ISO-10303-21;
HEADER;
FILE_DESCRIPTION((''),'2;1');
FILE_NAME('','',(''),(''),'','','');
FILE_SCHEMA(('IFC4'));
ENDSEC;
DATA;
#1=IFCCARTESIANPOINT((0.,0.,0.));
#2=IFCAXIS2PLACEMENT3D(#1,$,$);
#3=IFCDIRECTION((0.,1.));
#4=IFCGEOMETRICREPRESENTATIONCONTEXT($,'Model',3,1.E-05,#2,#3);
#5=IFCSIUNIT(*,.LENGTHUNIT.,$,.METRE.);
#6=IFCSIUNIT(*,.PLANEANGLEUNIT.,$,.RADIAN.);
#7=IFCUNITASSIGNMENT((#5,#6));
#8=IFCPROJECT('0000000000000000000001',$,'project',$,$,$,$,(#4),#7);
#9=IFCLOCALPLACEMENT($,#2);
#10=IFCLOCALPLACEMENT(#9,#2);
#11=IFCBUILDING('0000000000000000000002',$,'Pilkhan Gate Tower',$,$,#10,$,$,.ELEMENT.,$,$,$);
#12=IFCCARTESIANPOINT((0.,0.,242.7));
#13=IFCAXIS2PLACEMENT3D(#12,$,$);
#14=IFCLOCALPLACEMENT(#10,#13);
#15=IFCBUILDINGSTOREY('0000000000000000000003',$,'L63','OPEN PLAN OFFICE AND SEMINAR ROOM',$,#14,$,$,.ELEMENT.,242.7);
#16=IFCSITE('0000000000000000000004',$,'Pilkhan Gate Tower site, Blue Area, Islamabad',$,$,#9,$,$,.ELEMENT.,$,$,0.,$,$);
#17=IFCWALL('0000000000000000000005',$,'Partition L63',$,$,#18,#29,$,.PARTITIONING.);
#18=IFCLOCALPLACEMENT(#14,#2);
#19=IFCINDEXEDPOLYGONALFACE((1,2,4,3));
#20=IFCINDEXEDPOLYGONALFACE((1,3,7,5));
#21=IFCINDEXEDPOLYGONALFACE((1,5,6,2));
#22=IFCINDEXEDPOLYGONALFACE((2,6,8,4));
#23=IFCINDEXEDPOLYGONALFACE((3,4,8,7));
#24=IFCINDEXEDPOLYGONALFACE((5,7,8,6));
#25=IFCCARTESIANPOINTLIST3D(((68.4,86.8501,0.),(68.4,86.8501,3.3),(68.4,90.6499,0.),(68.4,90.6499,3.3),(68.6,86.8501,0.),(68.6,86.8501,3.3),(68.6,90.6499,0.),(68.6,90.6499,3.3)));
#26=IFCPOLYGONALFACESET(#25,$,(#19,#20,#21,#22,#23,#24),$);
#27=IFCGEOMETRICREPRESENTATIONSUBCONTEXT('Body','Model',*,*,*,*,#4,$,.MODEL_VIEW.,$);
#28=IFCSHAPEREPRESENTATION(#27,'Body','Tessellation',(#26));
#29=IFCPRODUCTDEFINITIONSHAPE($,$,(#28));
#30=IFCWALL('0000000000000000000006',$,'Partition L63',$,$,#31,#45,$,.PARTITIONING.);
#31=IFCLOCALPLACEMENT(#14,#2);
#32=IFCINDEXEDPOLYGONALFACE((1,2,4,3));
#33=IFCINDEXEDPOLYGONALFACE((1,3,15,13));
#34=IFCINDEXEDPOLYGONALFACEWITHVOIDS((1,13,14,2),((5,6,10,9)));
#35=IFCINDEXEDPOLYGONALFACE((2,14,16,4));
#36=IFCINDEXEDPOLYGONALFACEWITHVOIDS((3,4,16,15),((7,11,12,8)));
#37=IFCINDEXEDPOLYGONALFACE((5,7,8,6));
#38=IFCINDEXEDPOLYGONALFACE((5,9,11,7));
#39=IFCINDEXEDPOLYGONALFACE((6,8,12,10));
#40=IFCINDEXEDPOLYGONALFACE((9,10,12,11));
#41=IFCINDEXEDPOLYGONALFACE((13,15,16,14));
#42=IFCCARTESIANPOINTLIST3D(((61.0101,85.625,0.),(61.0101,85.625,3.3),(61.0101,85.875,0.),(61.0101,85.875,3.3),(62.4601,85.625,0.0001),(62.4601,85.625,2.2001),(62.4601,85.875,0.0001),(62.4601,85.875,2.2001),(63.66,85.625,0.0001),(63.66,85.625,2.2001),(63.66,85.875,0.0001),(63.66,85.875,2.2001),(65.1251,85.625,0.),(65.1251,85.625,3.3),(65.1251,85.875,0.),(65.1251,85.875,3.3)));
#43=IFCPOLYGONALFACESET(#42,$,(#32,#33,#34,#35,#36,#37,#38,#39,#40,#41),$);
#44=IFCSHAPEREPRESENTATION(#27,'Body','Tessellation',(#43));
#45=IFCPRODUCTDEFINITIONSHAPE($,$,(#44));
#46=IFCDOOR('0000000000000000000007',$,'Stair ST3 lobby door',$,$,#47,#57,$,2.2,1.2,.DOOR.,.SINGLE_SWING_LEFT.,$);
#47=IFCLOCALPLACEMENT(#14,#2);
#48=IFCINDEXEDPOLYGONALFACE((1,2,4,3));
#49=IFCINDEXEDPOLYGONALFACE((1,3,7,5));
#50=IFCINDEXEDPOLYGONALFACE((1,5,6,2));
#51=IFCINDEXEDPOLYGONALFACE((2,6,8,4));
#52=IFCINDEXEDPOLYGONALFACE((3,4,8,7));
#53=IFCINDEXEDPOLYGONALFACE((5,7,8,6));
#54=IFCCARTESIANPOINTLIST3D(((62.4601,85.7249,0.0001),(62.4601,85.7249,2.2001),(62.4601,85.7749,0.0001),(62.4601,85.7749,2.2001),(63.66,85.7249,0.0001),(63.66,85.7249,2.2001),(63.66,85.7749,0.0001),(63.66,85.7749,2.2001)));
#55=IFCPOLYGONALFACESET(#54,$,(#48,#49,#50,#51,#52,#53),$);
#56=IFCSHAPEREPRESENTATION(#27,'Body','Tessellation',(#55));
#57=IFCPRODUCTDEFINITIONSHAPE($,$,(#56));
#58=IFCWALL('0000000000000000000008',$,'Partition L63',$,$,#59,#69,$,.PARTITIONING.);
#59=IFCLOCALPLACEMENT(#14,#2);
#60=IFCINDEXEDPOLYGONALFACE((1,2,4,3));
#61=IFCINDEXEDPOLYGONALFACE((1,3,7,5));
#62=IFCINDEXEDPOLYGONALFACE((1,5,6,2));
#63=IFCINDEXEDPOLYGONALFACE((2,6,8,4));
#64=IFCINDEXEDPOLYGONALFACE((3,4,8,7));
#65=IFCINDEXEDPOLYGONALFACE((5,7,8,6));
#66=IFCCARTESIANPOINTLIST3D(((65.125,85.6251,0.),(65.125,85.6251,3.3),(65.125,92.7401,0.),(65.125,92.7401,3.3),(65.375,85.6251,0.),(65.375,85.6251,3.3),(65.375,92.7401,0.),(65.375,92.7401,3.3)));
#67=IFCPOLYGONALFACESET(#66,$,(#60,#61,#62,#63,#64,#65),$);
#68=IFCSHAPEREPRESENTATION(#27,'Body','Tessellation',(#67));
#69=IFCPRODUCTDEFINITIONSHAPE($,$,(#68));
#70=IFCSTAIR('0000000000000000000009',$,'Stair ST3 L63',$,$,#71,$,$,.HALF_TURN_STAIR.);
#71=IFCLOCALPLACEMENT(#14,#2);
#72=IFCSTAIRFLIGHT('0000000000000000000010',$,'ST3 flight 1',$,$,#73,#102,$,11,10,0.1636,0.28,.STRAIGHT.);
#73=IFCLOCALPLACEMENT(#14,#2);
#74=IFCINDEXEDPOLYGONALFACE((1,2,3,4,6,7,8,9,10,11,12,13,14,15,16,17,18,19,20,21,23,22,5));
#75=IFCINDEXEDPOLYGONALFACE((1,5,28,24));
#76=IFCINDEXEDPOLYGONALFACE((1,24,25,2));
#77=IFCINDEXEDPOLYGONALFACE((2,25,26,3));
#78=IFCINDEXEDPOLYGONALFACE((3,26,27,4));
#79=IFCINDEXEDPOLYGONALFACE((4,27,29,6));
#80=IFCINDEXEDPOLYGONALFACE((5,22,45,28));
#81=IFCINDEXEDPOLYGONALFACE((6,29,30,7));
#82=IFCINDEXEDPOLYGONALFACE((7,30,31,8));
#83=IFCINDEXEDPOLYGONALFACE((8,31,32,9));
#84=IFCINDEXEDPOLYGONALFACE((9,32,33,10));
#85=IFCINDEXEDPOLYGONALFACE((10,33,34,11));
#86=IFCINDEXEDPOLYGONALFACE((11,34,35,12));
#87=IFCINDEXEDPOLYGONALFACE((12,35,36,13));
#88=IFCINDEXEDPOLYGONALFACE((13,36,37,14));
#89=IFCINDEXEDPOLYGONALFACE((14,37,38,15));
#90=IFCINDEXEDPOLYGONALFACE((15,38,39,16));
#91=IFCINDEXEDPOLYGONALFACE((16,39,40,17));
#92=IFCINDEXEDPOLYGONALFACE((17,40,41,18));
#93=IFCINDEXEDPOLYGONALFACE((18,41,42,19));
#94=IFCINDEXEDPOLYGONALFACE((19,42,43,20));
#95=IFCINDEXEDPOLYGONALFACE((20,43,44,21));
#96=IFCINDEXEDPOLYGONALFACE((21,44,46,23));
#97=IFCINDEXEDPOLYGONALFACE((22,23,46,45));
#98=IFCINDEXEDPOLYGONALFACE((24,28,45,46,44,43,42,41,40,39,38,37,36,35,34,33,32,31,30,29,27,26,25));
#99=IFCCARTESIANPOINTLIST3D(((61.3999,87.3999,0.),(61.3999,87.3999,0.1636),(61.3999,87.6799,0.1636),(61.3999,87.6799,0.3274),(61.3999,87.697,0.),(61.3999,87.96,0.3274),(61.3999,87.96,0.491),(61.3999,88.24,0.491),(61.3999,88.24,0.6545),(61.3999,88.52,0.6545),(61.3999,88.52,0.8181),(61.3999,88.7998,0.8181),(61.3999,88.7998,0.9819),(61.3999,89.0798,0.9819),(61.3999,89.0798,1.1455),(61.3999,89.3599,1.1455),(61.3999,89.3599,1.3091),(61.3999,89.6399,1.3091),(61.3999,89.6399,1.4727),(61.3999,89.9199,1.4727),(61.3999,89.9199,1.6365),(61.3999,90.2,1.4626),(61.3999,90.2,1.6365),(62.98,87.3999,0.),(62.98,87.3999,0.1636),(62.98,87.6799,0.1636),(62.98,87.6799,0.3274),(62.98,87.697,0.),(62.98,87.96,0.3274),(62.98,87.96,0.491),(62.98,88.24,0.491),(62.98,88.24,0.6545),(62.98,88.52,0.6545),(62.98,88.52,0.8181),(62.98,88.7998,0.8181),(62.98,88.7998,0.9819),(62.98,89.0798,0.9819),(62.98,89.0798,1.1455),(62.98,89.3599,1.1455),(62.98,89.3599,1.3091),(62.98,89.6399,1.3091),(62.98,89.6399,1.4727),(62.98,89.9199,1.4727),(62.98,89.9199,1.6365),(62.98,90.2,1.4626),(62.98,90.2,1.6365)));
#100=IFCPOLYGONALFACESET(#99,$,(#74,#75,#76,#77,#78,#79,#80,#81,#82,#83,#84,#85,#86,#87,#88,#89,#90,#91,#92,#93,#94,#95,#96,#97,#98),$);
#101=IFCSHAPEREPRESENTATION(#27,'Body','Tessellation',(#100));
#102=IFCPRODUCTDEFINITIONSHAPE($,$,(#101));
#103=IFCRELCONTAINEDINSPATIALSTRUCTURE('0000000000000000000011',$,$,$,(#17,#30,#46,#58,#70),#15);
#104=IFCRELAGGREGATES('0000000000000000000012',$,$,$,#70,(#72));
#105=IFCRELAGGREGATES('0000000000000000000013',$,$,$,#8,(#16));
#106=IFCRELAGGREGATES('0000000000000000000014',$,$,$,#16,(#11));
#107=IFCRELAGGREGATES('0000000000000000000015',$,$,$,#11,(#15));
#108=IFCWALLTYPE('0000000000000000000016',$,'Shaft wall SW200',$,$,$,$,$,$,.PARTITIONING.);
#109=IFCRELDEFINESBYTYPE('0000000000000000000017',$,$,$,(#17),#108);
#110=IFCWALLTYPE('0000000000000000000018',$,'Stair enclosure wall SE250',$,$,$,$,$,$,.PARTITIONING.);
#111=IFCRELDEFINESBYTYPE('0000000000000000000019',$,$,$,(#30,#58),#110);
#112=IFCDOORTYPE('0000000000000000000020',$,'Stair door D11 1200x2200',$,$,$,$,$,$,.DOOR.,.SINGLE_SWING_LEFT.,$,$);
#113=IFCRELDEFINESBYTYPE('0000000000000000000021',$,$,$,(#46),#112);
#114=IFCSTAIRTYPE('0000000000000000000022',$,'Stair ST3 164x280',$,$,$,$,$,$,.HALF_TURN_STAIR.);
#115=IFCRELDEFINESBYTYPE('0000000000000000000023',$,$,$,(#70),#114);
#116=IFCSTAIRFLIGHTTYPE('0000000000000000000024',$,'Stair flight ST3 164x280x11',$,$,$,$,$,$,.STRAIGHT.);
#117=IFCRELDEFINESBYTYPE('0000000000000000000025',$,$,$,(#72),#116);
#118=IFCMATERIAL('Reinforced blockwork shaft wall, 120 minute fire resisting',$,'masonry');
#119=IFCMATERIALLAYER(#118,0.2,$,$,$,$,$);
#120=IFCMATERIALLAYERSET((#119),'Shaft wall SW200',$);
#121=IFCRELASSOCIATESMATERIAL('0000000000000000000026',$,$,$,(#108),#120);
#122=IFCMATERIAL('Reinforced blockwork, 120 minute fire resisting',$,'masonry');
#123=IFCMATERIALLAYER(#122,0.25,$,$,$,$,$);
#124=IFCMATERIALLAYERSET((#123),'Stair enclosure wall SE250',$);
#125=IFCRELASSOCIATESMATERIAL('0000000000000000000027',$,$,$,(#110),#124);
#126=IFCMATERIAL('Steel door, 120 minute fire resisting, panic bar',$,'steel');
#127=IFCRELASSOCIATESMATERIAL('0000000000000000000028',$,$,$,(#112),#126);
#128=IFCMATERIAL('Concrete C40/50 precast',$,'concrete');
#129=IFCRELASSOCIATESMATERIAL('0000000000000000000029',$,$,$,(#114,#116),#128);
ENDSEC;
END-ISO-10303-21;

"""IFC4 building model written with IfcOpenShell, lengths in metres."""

from ifc_helpers import new_model, si_unit, direction, frame, frame_2d, origin, place, context, subcontext, project, spatial, polyline, rectangle, outline, extrude, material, layer, layer_set, type_object, element, fill, aggregate, save


model = new_model("IFC4")

# Units and contexts
model_context = context("Model", 3, precision=1e-05, world=origin(), true_north=direction((0.0, 1.0)))
body_context = subcontext(model_context, "Body", "Model", "MODEL_VIEW")
ifc_project = project(units=[si_unit("LENGTHUNIT", "METRE"), si_unit("PLANEANGLEUNIT", "RADIAN")], contexts=[model_context])

# Site, building, storey
site_placement = place(None, origin())
site = spatial("IfcSite", under=ifc_project, at=site_placement, Name="Pilkhan Gate Tower site, Blue Area, Islamabad", CompositionType="ELEMENT", RefElevation=0.0)
building_placement = place(site_placement, origin())
building = spatial("IfcBuilding", under=site, at=building_placement, Name="Pilkhan Gate Tower", CompositionType="ELEMENT")
storey_placement = place(building_placement, frame((0.0, 0.0, 242.7)))
storey = spatial("IfcBuildingStorey", under=building, at=storey_placement, Name="L63", Description="OPEN PLAN OFFICE AND SEMINAR ROOM", CompositionType="ELEMENT", Elevation=242.7)

# Shared definitions
ifc_material_1 = material(Name="Reinforced blockwork shaft wall, 120 minute fire resisting", Category="masonry")
ifc_layer_1 = layer(ifc_material_1, 0.2)
ifc_layer_set_1 = layer_set([ifc_layer_1], Name="Shaft wall SW200")
wall_type_1 = type_object("IfcWallType", Name="Shaft wall SW200", PredefinedType="PARTITIONING", material=ifc_layer_set_1)

# Wall
wall_1_placement = place(storey_placement, frame((68.5, 86.8501, 0.0), z_axis=(0.0, 0.0, 1.0), x_axis=(0.0, 1.0, 0.0)))
element("IfcWall", 1, at=wall_1_placement, inside=storey, type_object=wall_type_1, Name="Partition L63", PredefinedType="PARTITIONING", context=body_context, shape_type="SweptSolid", body=[
    extrude(rectangle(XDim=3.7998, YDim=0.2, at=frame_2d((1.8999, 0.0))), origin(), (0.0, 0.0, 1.0), 3.3),
])

# Wall, opening, door
ifc_material_2 = material(Name="Reinforced blockwork, 120 minute fire resisting", Category="masonry")
ifc_layer_2 = layer(ifc_material_2, 0.25)
ifc_layer_set_2 = layer_set([ifc_layer_2], Name="Stair enclosure wall SE250")
wall_type_2 = type_object("IfcWallType", Name="Stair enclosure wall SE250", PredefinedType="PARTITIONING", material=ifc_layer_set_2)
wall_2_placement = place(storey_placement, frame((61.01, 85.75, 0.0), z_axis=(0.0, 0.0, 1.0), x_axis=(1.0, 0.0, 0.0)))
wall_2 = element("IfcWall", 2, at=wall_2_placement, inside=storey, type_object=wall_type_2, Name="Partition L63", PredefinedType="PARTITIONING", context=body_context, shape_type="SweptSolid", body=[
    extrude(rectangle(XDim=4.115, YDim=0.25, at=frame_2d((2.0576, 0.0))), origin(), (0.0, 0.0, 1.0), 3.3),
])
opening_1_placement = place(wall_2_placement, frame((1.45, 0.0, 0.0)))
opening_1 = element("IfcOpeningElement", 3, at=opening_1_placement, cuts=wall_2, PredefinedType="OPENING", context=body_context, shape_type="SweptSolid", body=[
    extrude(rectangle(XDim=1.2, YDim=2.2, at=frame_2d((0.6001, 1.1001))), frame((0.0, 0.135, 0.0), z_axis=(0.0, -1.0, 0.0), x_axis=(1.0, 0.0, 0.0)), (0.0, 0.0, 1.0), 0.27),
])
ifc_material_3 = material(Name="Steel door, 120 minute fire resisting, panic bar", Category="steel")
door_type_1 = type_object("IfcDoorType", Name="Stair door D11 1200x2200", OperationType="SINGLE_SWING_LEFT", PredefinedType="DOOR", material=ifc_material_3)
door_1_placement = place(opening_1_placement, origin())
door_1 = element("IfcDoor", 4, at=door_1_placement, inside=storey, type_object=door_type_1, Name="Stair ST3 lobby door", OperationType="SINGLE_SWING_LEFT", OverallHeight=2.2, OverallWidth=1.2, PredefinedType="DOOR", context=body_context, shape_type="SweptSolid", body=[
    extrude(rectangle(XDim=1.2, YDim=2.2, at=frame_2d((0.6001, 1.1001))), frame((0.0, 0.0249, 0.0), z_axis=(0.0, -1.0, 0.0), x_axis=(1.0, 0.0, 0.0)), (0.0, 0.0, 1.0), 0.05),
])
fill(opening_1, door_1)

# Wall
wall_3_placement = place(storey_placement, frame((65.25, 85.625, 0.0), z_axis=(0.0, 0.0, 1.0), x_axis=(0.0, 1.0, 0.0)))
element("IfcWall", 5, at=wall_3_placement, inside=storey, type_object=wall_type_2, Name="Partition L63", PredefinedType="PARTITIONING", context=body_context, shape_type="SweptSolid", body=[
    extrude(rectangle(XDim=7.115, YDim=0.25, at=frame_2d((3.5576, 0.0))), origin(), (0.0, 0.0, 1.0), 3.3),
])

# Stair, stair flight
ifc_material_4 = material(Name="Concrete C40/50 precast", Category="concrete")
stair_type = type_object("IfcStairType", Name="Stair ST3 164x280", PredefinedType="HALF_TURN_STAIR", material=ifc_material_4)
stair_placement = place(storey_placement, origin())
stair = element("IfcStair", 6, at=stair_placement, inside=storey, type_object=stair_type, Name="Stair ST3 L63", PredefinedType="HALF_TURN_STAIR")
stair_flight_type = type_object("IfcStairFlightType", Name="Stair flight ST3 164x280x11", PredefinedType="STRAIGHT", material=ifc_material_4)
stair_flight_placement = place(storey_placement, frame((62.1899, 87.3999, 0.0), z_axis=(0.0, 0.0, 1.0), x_axis=(0.0, 1.0, 0.0)))
stair_flight = element("IfcStairFlight", 7, at=stair_flight_placement, type_object=stair_flight_type, Name="ST3 flight 1", NumberOfRisers=11, NumberOfTreads=10, PredefinedType="STRAIGHT", RiserHeight=0.1636, TreadLength=0.28, context=body_context, shape_type="SweptSolid", body=[
    extrude(outline(polyline([(0.0, 0.0), (0.0, 0.1636), (0.28, 0.1636), (0.28, 0.3274), (0.5601, 0.3274), (0.5601, 0.491), (0.8401, 0.491), (0.8401, 0.6545), (1.1201, 0.6545), (1.1201, 0.8181), (1.3999, 0.8181), (1.3999, 0.9819), (1.6799, 0.9819), (1.6799, 1.1455), (1.96, 1.1455), (1.96, 1.3091), (2.24, 1.3091), (2.24, 1.4727), (2.52, 1.4727), (2.52, 1.6365), (2.8, 1.6365), (2.8, 1.8), (2.8, 1.4626), (0.2971, 0.0), (0.0, 0.0)])), frame((0.0, 0.79, 0.0), z_axis=(0.0, -1.0, 0.0), x_axis=(1.0, 0.0, 0.0)), (0.0, 0.0, 1.0), 1.5801),
])
aggregate(stair, [stair_flight])

save(model, "model.ifc")
